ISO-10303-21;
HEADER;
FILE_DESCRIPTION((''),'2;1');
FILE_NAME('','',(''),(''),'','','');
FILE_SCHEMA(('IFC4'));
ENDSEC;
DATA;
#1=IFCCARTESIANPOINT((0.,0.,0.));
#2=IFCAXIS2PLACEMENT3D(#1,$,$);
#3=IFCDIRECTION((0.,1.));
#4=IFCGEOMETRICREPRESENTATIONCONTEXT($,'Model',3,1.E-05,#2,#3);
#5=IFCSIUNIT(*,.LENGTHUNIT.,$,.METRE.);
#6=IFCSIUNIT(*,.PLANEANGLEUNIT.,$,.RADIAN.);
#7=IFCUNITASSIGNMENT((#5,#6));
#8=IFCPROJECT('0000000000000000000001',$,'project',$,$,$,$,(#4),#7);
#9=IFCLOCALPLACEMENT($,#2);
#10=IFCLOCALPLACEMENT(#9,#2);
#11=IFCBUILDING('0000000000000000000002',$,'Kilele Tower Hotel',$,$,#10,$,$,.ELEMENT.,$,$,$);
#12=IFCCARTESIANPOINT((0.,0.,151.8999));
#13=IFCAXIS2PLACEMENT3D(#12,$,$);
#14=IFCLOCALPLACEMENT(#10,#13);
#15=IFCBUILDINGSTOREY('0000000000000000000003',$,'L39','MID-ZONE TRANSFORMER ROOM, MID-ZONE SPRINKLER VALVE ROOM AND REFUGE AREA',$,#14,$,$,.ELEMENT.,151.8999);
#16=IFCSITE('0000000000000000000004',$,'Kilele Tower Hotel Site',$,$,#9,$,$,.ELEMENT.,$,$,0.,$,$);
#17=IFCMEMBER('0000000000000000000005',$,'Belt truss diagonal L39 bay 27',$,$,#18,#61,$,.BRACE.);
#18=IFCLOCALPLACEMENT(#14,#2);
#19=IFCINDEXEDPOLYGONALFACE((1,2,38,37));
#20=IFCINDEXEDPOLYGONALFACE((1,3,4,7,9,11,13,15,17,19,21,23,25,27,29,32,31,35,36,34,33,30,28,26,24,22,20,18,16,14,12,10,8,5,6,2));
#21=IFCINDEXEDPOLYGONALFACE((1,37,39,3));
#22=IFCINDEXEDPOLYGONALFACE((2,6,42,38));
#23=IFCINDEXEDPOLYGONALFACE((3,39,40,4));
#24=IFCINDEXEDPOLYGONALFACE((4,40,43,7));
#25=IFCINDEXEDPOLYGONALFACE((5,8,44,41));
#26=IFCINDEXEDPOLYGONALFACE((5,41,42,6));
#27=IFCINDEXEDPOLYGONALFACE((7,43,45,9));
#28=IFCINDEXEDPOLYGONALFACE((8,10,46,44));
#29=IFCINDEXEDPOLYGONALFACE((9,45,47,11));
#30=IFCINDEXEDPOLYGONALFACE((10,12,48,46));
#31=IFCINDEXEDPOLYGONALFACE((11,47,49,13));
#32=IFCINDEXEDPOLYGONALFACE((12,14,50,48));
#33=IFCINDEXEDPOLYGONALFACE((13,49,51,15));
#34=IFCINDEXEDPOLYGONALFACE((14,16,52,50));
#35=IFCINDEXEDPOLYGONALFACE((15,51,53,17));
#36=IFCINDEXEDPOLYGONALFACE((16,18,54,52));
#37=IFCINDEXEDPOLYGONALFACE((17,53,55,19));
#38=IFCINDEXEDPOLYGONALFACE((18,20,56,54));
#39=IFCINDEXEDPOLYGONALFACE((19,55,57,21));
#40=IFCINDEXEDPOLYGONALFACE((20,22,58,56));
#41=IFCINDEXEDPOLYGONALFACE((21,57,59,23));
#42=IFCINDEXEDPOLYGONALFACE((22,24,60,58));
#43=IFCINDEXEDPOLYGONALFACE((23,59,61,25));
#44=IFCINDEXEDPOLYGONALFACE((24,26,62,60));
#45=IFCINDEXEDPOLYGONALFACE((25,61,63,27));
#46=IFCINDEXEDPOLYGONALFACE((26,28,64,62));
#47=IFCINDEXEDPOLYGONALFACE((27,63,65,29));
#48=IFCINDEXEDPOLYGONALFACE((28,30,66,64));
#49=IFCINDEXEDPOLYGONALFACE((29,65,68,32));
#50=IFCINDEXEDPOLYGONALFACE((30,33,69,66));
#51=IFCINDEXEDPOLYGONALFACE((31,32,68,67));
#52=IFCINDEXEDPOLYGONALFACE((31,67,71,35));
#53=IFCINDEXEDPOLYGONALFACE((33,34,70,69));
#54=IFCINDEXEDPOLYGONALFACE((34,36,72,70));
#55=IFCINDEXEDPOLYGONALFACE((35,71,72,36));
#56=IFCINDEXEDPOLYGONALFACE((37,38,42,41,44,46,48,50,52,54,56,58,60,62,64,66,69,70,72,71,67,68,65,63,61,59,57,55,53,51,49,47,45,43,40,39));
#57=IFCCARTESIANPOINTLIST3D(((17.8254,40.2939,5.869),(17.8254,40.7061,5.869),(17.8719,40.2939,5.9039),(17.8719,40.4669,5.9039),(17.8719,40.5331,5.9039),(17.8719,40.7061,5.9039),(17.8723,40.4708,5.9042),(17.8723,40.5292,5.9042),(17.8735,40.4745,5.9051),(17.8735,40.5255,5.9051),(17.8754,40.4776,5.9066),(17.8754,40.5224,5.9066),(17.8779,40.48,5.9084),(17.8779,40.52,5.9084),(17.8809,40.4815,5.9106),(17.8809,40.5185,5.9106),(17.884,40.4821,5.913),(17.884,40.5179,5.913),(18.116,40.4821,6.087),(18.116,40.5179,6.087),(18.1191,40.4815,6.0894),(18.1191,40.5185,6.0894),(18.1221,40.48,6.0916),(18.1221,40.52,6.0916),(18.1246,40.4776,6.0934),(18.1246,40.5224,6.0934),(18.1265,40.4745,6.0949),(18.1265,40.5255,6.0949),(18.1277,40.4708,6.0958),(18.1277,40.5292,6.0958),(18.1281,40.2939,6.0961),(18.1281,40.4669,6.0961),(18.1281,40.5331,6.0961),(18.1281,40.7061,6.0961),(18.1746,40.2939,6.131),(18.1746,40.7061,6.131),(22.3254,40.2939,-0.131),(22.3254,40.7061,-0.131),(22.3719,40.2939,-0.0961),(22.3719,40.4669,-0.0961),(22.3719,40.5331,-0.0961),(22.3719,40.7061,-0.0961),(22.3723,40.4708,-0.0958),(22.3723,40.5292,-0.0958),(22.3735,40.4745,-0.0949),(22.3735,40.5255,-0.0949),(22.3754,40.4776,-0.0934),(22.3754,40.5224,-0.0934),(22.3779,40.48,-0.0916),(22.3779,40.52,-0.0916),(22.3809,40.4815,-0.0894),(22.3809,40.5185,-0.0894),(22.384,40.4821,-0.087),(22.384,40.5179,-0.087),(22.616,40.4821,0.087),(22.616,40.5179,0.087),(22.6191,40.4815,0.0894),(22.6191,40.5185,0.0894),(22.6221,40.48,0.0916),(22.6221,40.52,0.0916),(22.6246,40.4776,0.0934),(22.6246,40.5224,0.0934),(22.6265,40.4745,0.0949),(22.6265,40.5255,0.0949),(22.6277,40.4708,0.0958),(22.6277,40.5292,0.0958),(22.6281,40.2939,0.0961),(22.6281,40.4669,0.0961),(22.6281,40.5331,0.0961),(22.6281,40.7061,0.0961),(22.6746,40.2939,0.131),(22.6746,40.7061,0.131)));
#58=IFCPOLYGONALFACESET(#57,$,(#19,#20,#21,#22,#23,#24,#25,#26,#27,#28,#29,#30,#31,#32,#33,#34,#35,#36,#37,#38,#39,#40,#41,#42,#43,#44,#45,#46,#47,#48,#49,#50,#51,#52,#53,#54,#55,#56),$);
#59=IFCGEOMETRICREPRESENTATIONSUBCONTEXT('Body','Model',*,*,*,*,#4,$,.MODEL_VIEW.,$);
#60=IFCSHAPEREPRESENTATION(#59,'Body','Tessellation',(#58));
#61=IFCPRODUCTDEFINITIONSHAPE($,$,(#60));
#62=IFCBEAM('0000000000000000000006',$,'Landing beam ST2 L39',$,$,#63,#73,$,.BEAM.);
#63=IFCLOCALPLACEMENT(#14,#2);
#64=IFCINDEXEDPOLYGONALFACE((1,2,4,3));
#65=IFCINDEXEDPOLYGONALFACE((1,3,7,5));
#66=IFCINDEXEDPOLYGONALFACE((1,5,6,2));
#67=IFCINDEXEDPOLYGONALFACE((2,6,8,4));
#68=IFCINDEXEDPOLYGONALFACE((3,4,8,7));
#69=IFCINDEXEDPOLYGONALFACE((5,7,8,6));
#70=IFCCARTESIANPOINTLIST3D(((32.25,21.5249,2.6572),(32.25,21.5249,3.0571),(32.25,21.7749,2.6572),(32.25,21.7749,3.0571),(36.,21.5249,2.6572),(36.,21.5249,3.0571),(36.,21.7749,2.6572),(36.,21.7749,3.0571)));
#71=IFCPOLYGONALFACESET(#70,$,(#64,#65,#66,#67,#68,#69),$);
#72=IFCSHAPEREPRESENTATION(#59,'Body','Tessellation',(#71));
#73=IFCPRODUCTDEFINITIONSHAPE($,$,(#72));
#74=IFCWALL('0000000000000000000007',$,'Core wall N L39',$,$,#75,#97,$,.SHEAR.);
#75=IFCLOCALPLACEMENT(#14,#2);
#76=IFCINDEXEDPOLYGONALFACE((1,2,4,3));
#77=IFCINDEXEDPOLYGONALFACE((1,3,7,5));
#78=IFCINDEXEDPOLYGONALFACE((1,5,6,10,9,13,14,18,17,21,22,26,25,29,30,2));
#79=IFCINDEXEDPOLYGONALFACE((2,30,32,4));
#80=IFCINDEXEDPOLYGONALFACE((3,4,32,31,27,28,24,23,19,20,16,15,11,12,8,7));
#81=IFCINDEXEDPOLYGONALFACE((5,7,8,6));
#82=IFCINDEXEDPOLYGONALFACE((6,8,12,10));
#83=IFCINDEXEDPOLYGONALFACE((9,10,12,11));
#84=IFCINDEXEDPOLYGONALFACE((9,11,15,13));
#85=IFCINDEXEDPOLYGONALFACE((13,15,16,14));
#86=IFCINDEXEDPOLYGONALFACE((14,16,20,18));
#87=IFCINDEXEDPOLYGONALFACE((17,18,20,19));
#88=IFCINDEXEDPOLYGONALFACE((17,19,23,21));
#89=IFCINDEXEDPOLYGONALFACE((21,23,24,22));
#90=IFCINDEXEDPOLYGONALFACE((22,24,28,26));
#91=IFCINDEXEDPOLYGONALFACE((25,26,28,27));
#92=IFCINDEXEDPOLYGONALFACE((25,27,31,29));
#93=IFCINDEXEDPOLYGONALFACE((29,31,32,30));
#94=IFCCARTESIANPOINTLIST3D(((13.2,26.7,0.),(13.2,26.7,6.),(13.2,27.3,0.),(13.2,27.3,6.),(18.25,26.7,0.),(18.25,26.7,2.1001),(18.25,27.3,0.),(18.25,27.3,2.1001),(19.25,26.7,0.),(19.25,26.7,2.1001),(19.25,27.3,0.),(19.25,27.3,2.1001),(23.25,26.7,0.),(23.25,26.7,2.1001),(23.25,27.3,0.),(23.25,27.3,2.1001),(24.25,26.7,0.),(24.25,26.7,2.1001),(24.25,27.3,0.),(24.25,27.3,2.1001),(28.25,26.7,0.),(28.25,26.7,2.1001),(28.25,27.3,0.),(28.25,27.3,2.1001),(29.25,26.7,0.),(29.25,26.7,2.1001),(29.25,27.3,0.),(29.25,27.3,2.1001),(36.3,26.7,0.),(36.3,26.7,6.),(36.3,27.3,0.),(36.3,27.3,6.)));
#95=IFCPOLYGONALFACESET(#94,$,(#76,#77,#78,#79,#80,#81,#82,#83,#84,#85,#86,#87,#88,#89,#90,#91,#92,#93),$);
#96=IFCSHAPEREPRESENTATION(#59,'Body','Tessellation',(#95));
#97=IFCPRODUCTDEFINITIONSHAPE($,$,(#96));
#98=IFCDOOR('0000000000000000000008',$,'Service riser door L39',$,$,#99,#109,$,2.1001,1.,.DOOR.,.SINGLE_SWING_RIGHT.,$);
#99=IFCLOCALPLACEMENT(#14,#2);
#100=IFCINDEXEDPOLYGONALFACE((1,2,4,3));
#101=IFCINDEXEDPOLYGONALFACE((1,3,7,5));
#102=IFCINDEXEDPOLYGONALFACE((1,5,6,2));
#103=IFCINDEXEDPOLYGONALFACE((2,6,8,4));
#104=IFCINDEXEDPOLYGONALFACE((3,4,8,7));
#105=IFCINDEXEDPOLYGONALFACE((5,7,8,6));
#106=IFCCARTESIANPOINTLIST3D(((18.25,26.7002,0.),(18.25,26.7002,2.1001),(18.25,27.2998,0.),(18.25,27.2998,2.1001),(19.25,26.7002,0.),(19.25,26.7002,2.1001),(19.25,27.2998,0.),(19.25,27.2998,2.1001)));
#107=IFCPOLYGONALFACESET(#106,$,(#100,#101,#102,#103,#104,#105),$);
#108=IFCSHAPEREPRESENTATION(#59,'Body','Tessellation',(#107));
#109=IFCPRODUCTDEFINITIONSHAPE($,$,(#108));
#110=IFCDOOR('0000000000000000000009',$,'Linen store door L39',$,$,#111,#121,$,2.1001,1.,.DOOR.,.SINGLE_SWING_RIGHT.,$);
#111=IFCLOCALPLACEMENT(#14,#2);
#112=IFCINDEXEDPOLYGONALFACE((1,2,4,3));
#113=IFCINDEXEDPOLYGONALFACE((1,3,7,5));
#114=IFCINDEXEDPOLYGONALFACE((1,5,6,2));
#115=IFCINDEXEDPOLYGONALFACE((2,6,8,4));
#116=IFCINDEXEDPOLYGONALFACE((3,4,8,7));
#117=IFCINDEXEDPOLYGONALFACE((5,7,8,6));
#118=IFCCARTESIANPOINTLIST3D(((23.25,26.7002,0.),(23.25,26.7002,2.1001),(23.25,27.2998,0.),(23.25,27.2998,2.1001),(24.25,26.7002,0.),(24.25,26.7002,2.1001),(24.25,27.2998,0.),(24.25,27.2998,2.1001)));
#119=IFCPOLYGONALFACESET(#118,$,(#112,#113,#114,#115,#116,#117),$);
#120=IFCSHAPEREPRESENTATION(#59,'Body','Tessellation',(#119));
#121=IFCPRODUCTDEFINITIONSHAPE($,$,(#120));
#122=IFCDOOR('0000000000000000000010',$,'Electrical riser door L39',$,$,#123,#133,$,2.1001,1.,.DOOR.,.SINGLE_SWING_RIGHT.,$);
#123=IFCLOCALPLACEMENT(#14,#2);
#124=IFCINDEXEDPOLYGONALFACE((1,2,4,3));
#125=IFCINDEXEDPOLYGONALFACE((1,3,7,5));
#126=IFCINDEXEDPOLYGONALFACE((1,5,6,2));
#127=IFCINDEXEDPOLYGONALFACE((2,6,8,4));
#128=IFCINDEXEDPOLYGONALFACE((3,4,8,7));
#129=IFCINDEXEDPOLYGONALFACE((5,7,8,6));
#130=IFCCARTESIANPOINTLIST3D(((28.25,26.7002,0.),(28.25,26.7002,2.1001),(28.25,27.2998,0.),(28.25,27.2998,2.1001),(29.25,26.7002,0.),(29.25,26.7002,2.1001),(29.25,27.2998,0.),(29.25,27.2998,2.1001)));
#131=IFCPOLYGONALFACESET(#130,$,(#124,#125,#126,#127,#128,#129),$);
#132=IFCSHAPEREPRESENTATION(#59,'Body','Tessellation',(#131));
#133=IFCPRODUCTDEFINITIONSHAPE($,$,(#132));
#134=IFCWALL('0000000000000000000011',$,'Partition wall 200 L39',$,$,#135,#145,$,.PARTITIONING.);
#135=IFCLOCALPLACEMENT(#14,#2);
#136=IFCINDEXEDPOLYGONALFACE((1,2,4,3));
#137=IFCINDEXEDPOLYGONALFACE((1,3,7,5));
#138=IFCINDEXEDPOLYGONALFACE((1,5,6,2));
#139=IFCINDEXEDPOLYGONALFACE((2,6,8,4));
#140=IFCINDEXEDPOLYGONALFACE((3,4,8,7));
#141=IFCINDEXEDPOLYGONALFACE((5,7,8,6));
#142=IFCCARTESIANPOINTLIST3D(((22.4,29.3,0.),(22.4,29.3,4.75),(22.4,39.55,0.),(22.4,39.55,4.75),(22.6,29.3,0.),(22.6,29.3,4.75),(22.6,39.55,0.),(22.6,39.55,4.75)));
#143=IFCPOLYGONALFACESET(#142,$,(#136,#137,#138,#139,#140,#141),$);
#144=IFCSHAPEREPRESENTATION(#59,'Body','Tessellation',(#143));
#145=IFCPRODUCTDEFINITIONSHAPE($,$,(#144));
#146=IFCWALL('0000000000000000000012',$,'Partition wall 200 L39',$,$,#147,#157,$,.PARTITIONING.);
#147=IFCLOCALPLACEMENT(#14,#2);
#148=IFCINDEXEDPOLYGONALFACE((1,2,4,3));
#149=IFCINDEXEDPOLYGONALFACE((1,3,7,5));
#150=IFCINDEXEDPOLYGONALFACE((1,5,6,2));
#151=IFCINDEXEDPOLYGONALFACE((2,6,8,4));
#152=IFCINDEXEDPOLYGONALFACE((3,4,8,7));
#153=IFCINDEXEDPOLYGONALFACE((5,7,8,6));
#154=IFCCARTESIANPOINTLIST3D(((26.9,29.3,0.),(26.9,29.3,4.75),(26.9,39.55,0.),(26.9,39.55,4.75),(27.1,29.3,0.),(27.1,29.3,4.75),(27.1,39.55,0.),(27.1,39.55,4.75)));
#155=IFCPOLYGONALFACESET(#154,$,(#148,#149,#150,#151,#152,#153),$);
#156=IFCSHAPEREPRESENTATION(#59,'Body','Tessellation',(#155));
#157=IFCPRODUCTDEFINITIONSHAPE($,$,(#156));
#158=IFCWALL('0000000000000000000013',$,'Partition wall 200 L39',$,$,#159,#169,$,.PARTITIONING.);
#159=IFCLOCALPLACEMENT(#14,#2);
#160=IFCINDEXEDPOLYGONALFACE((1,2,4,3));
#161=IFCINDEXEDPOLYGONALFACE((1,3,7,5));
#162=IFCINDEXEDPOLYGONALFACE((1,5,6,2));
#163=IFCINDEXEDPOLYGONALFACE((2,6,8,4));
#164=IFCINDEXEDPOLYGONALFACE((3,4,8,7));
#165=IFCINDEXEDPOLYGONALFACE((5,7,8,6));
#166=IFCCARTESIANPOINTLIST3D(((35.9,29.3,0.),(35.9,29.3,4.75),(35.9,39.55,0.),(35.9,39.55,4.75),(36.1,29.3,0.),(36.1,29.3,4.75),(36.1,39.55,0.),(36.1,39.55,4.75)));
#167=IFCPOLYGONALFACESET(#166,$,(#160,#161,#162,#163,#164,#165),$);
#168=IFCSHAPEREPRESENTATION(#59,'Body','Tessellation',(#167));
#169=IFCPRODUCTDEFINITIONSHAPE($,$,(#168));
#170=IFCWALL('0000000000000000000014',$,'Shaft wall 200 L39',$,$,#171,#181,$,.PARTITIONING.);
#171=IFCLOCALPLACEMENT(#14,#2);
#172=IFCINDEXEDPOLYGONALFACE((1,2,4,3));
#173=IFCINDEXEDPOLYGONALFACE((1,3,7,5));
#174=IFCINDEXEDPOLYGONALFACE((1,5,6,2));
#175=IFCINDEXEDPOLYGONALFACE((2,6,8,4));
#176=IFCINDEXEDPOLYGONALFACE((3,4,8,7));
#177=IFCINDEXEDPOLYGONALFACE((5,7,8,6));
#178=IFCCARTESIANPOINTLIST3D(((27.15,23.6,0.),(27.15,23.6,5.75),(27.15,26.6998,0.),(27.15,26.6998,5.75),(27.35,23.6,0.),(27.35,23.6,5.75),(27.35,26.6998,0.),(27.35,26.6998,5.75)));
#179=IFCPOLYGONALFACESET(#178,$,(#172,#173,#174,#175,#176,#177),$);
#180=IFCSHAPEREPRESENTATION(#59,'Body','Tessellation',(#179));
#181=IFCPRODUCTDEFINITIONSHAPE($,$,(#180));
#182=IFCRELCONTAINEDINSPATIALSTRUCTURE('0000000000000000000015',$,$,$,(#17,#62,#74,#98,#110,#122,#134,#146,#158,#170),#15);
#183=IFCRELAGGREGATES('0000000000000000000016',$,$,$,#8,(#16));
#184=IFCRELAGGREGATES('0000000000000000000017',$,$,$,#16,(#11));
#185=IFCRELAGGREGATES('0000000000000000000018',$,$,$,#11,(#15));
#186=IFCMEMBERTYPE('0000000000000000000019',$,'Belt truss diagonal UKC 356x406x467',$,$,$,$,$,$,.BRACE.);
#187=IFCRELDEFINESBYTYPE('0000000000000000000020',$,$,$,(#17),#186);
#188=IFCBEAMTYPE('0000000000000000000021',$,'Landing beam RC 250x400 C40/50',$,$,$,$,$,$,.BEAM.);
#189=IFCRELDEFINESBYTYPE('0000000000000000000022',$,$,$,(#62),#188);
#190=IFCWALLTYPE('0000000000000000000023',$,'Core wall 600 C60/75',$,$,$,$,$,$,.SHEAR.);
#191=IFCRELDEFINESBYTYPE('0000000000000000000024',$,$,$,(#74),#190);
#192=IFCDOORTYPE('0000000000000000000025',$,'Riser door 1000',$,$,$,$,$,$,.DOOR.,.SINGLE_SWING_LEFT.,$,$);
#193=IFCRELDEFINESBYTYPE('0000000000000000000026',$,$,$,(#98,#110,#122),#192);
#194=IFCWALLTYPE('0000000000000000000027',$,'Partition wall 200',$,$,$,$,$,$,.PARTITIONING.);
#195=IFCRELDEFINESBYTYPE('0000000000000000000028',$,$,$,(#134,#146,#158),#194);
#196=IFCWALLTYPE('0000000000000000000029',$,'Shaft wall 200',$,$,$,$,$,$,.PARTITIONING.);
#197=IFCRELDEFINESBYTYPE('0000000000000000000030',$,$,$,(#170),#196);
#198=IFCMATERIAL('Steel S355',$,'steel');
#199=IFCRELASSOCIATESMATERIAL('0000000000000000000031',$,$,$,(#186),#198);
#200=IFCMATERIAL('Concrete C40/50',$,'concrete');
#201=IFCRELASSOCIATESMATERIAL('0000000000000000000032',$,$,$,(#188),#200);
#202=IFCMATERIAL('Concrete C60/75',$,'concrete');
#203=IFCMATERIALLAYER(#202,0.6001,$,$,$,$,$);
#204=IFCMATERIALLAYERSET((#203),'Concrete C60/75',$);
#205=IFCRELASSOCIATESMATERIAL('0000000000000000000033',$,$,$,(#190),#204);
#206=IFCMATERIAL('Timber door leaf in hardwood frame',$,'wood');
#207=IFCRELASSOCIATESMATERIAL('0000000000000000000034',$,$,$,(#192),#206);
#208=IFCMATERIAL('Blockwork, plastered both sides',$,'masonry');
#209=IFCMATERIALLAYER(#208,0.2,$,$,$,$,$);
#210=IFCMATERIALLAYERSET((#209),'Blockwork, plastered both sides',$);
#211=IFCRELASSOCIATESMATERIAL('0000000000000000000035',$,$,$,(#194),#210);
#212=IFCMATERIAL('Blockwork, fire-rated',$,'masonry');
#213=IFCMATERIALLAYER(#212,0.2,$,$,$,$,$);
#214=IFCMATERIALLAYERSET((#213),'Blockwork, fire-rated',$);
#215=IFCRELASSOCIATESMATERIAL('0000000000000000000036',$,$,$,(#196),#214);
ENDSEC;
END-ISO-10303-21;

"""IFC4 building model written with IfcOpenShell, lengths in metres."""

from ifc_helpers import new_model, si_unit, direction, frame, frame_2d, origin, origin_2d, place, context, subcontext, project, spatial, rectangle, i_section, extrude, material, layer, layer_set, material_profile, profile_set, type_object, element, fill, save


model = new_model("IFC4")

# Units and contexts
model_context = context("Model", 3, precision=1e-05, world=origin(), true_north=direction((0.0, 1.0)))
body_context = subcontext(model_context, "Body", "Model", "MODEL_VIEW")
ifc_project = project(units=[si_unit("LENGTHUNIT", "METRE"), si_unit("PLANEANGLEUNIT", "RADIAN")], contexts=[model_context])

# Site, building, storey
site_placement = place(None, origin())
site = spatial("IfcSite", under=ifc_project, at=site_placement, Name="Kilele Tower Hotel Site", CompositionType="ELEMENT", RefElevation=0.0)
building_placement = place(site_placement, origin())
building = spatial("IfcBuilding", under=site, at=building_placement, Name="Kilele Tower Hotel", CompositionType="ELEMENT")
storey_placement = place(building_placement, frame((0.0, 0.0, 151.8999)))
storey = spatial("IfcBuildingStorey", under=building, at=storey_placement, Name="L39", Description="MID-ZONE TRANSFORMER ROOM, MID-ZONE SPRINKLER VALVE ROOM AND REFUGE AREA", CompositionType="ELEMENT", Elevation=151.8999)

# Member
ifc_material_1 = material(Name="Steel S355", Category="steel")
ifc_material_profile_1 = material_profile(ifc_material_1, i_section(OverallWidth=0.4121, OverallDepth=0.4365, WebThickness=0.0359, FlangeThickness=0.0581, FilletRadius=0.0151, at=origin_2d()))
ifc_profile_set_1 = profile_set([ifc_material_profile_1], Name="Steel S355")
member_type = type_object("IfcMemberType", Name="Belt truss diagonal UKC 356x406x467", PredefinedType="BRACE", material=ifc_profile_set_1)
member_placement = place(storey_placement, frame((22.5, 40.5, 0.0), z_axis=(-0.6, 0.0, 0.8), x_axis=(0.0, -1.0, 0.0)))
element("IfcMember", 1, at=member_placement, inside=storey, type_object=member_type, Name="Belt truss diagonal L39 bay 27", PredefinedType="BRACE", context=body_context, shape_type="SweptSolid", body=[
    extrude(i_section(OverallWidth=0.4121, OverallDepth=0.4365, WebThickness=0.0359, FlangeThickness=0.0581, FilletRadius=0.0151, at=origin_2d()), origin(), (0.0, 0.0, 1.0), 7.5),
])

# Beam
ifc_material_2 = material(Name="Concrete C40/50", Category="concrete")
ifc_material_profile_2 = material_profile(ifc_material_2, rectangle(XDim=0.25, YDim=0.3999, at=origin_2d()))
ifc_profile_set_2 = profile_set([ifc_material_profile_2], Name="Concrete C40/50")
beam_type = type_object("IfcBeamType", Name="Landing beam RC 250x400 C40/50", PredefinedType="BEAM", material=ifc_profile_set_2)
beam_placement = place(storey_placement, frame((32.25, 21.6499, 2.8572), z_axis=(1.0, 0.0, 0.0), x_axis=(0.0, 1.0, 0.0)))
element("IfcBeam", 2, at=beam_placement, inside=storey, type_object=beam_type, Name="Landing beam ST2 L39", PredefinedType="BEAM", context=body_context, shape_type="SweptSolid", body=[
    extrude(rectangle(XDim=0.25, YDim=0.3999, at=origin_2d()), origin(), (0.0, 0.0, 1.0), 3.75),
])

# Wall, openings, doors
ifc_material_3 = material(Name="Concrete C60/75", Category="concrete")
ifc_layer_1 = layer(ifc_material_3, 0.6001)
ifc_layer_set_1 = layer_set([ifc_layer_1], Name="Concrete C60/75")
wall_type_1 = type_object("IfcWallType", Name="Core wall 600 C60/75", PredefinedType="SHEAR", material=ifc_layer_set_1)
wall_1_placement = place(storey_placement, frame((36.3, 27.0, 0.0), z_axis=(0.0, 0.0, 1.0), x_axis=(-1.0, 0.0, 0.0)))
wall_1 = element("IfcWall", 3, at=wall_1_placement, inside=storey, type_object=wall_type_1, Name="Core wall N L39", PredefinedType="SHEAR", context=body_context, shape_type="SweptSolid", body=[
    extrude(rectangle(XDim=23.1001, YDim=0.6001, at=frame_2d((11.55, 0.0))), origin(), (0.0, 0.0, 1.0), 6.0),
])
opening_1_placement = place(wall_1_placement, frame((17.05, 0.0, 0.0)))
opening_1 = element("IfcOpeningElement", 4, at=opening_1_placement, cuts=wall_1, PredefinedType="OPENING", context=body_context, shape_type="SweptSolid", body=[
    extrude(rectangle(XDim=1.0, YDim=2.1001, at=frame_2d((0.5, 1.05))), frame((0.0, 0.3101, 0.0), z_axis=(0.0, -1.0, 0.0), x_axis=(1.0, 0.0, 0.0)), (0.0, 0.0, 1.0), 0.6201),
])
opening_2_placement = place(wall_1_placement, frame((12.05, 0.0, 0.0)))
opening_2 = element("IfcOpeningElement", 5, at=opening_2_placement, cuts=wall_1, PredefinedType="OPENING", context=body_context, shape_type="SweptSolid", body=[
    extrude(rectangle(XDim=1.0, YDim=2.1001, at=frame_2d((0.5, 1.05))), frame((0.0, 0.3101, 0.0), z_axis=(0.0, -1.0, 0.0), x_axis=(1.0, 0.0, 0.0)), (0.0, 0.0, 1.0), 0.6201),
])
opening_3_placement = place(wall_1_placement, frame((7.05, 0.0, 0.0)))
opening_3 = element("IfcOpeningElement", 6, at=opening_3_placement, cuts=wall_1, PredefinedType="OPENING", context=body_context, shape_type="SweptSolid", body=[
    extrude(rectangle(XDim=1.0, YDim=2.1001, at=frame_2d((0.5, 1.05))), frame((0.0, 0.3101, 0.0), z_axis=(0.0, -1.0, 0.0), x_axis=(1.0, 0.0, 0.0)), (0.0, 0.0, 1.0), 0.6201),
])
ifc_material_4 = material(Name="Timber door leaf in hardwood frame", Category="wood")
door_type = type_object("IfcDoorType", Name="Riser door 1000", OperationType="SINGLE_SWING_LEFT", PredefinedType="DOOR", material=ifc_material_4)
door_1_placement = place(opening_1_placement, origin())
door_1 = element("IfcDoor", 7, at=door_1_placement, inside=storey, type_object=door_type, Name="Service riser door L39", OperationType="SINGLE_SWING_RIGHT", OverallHeight=2.1001, OverallWidth=1.0, PredefinedType="DOOR", context=body_context, shape_type="SweptSolid", body=[
    extrude(rectangle(XDim=1.0, YDim=2.1001, at=frame_2d((0.5, 1.05))), frame((0.0, 0.2998, 0.0), z_axis=(0.0, -1.0, 0.0), x_axis=(1.0, 0.0, 0.0)), (0.0, 0.0, 1.0), 0.5996),
])
fill(opening_1, door_1)
door_2_placement = place(opening_2_placement, origin())
door_2 = element("IfcDoor", 8, at=door_2_placement, inside=storey, type_object=door_type, Name="Linen store door L39", OperationType="SINGLE_SWING_RIGHT", OverallHeight=2.1001, OverallWidth=1.0, PredefinedType="DOOR", context=body_context, shape_type="SweptSolid", body=[
    extrude(rectangle(XDim=1.0, YDim=2.1001, at=frame_2d((0.5, 1.05))), frame((0.0, 0.2998, 0.0), z_axis=(0.0, -1.0, 0.0), x_axis=(1.0, 0.0, 0.0)), (0.0, 0.0, 1.0), 0.5996),
])
fill(opening_2, door_2)
door_3_placement = place(opening_3_placement, origin())
door_3 = element("IfcDoor", 9, at=door_3_placement, inside=storey, type_object=door_type, Name="Electrical riser door L39", OperationType="SINGLE_SWING_RIGHT", OverallHeight=2.1001, OverallWidth=1.0, PredefinedType="DOOR", context=body_context, shape_type="SweptSolid", body=[
    extrude(rectangle(XDim=1.0, YDim=2.1001, at=frame_2d((0.5, 1.05))), frame((0.0, 0.2998, 0.0), z_axis=(0.0, -1.0, 0.0), x_axis=(1.0, 0.0, 0.0)), (0.0, 0.0, 1.0), 0.5996),
])
fill(opening_3, door_3)

# Walls
ifc_material_5 = material(Name="Blockwork, plastered both sides", Category="masonry")
ifc_layer_2 = layer(ifc_material_5, 0.2)
ifc_layer_set_2 = layer_set([ifc_layer_2], Name="Blockwork, plastered both sides")
wall_type_2 = type_object("IfcWallType", Name="Partition wall 200", PredefinedType="PARTITIONING", material=ifc_layer_set_2)
for number, where, z_axis, x_axis, name in (
    (10, (22.5, 29.3, 0.0), (0.0, 0.0, 1.0), (0.0, 1.0, 0.0), "Partition wall 200 L39"),
    (11, (27.0, 29.3, 0.0), (0.0, 0.0, 1.0), (0.0, 1.0, 0.0), "Partition wall 200 L39"),
    (12, (36.0, 29.3, 0.0), (0.0, 0.0, 1.0), (0.0, 1.0, 0.0), "Partition wall 200 L39"),
):
    element("IfcWall", number, at=place(storey_placement, frame(where, z_axis=z_axis, x_axis=x_axis)), inside=storey, type_object=wall_type_2, Name=name, PredefinedType="PARTITIONING", context=body_context, shape_type="SweptSolid", body=[
        extrude(rectangle(XDim=10.25, YDim=0.2, at=frame_2d((5.125, 0.0))), origin(), (0.0, 0.0, 1.0), 4.75),
    ])
ifc_material_6 = material(Name="Blockwork, fire-rated", Category="masonry")
ifc_layer_3 = layer(ifc_material_6, 0.2)
ifc_layer_set_3 = layer_set([ifc_layer_3], Name="Blockwork, fire-rated")
wall_type_3 = type_object("IfcWallType", Name="Shaft wall 200", PredefinedType="PARTITIONING", material=ifc_layer_set_3)
wall_2_placement = place(storey_placement, frame((27.25, 23.6001, 0.0), z_axis=(0.0, 0.0, 1.0), x_axis=(0.0, 1.0, 0.0)))
element("IfcWall", 13, at=wall_2_placement, inside=storey, type_object=wall_type_3, Name="Shaft wall 200 L39", PredefinedType="PARTITIONING", context=body_context, shape_type="SweptSolid", body=[
    extrude(rectangle(XDim=3.0999, YDim=0.2, at=frame_2d((1.5498, 0.0))), origin(), (0.0, 0.0, 1.0), 5.75),
])

save(model, "model.ifc")
